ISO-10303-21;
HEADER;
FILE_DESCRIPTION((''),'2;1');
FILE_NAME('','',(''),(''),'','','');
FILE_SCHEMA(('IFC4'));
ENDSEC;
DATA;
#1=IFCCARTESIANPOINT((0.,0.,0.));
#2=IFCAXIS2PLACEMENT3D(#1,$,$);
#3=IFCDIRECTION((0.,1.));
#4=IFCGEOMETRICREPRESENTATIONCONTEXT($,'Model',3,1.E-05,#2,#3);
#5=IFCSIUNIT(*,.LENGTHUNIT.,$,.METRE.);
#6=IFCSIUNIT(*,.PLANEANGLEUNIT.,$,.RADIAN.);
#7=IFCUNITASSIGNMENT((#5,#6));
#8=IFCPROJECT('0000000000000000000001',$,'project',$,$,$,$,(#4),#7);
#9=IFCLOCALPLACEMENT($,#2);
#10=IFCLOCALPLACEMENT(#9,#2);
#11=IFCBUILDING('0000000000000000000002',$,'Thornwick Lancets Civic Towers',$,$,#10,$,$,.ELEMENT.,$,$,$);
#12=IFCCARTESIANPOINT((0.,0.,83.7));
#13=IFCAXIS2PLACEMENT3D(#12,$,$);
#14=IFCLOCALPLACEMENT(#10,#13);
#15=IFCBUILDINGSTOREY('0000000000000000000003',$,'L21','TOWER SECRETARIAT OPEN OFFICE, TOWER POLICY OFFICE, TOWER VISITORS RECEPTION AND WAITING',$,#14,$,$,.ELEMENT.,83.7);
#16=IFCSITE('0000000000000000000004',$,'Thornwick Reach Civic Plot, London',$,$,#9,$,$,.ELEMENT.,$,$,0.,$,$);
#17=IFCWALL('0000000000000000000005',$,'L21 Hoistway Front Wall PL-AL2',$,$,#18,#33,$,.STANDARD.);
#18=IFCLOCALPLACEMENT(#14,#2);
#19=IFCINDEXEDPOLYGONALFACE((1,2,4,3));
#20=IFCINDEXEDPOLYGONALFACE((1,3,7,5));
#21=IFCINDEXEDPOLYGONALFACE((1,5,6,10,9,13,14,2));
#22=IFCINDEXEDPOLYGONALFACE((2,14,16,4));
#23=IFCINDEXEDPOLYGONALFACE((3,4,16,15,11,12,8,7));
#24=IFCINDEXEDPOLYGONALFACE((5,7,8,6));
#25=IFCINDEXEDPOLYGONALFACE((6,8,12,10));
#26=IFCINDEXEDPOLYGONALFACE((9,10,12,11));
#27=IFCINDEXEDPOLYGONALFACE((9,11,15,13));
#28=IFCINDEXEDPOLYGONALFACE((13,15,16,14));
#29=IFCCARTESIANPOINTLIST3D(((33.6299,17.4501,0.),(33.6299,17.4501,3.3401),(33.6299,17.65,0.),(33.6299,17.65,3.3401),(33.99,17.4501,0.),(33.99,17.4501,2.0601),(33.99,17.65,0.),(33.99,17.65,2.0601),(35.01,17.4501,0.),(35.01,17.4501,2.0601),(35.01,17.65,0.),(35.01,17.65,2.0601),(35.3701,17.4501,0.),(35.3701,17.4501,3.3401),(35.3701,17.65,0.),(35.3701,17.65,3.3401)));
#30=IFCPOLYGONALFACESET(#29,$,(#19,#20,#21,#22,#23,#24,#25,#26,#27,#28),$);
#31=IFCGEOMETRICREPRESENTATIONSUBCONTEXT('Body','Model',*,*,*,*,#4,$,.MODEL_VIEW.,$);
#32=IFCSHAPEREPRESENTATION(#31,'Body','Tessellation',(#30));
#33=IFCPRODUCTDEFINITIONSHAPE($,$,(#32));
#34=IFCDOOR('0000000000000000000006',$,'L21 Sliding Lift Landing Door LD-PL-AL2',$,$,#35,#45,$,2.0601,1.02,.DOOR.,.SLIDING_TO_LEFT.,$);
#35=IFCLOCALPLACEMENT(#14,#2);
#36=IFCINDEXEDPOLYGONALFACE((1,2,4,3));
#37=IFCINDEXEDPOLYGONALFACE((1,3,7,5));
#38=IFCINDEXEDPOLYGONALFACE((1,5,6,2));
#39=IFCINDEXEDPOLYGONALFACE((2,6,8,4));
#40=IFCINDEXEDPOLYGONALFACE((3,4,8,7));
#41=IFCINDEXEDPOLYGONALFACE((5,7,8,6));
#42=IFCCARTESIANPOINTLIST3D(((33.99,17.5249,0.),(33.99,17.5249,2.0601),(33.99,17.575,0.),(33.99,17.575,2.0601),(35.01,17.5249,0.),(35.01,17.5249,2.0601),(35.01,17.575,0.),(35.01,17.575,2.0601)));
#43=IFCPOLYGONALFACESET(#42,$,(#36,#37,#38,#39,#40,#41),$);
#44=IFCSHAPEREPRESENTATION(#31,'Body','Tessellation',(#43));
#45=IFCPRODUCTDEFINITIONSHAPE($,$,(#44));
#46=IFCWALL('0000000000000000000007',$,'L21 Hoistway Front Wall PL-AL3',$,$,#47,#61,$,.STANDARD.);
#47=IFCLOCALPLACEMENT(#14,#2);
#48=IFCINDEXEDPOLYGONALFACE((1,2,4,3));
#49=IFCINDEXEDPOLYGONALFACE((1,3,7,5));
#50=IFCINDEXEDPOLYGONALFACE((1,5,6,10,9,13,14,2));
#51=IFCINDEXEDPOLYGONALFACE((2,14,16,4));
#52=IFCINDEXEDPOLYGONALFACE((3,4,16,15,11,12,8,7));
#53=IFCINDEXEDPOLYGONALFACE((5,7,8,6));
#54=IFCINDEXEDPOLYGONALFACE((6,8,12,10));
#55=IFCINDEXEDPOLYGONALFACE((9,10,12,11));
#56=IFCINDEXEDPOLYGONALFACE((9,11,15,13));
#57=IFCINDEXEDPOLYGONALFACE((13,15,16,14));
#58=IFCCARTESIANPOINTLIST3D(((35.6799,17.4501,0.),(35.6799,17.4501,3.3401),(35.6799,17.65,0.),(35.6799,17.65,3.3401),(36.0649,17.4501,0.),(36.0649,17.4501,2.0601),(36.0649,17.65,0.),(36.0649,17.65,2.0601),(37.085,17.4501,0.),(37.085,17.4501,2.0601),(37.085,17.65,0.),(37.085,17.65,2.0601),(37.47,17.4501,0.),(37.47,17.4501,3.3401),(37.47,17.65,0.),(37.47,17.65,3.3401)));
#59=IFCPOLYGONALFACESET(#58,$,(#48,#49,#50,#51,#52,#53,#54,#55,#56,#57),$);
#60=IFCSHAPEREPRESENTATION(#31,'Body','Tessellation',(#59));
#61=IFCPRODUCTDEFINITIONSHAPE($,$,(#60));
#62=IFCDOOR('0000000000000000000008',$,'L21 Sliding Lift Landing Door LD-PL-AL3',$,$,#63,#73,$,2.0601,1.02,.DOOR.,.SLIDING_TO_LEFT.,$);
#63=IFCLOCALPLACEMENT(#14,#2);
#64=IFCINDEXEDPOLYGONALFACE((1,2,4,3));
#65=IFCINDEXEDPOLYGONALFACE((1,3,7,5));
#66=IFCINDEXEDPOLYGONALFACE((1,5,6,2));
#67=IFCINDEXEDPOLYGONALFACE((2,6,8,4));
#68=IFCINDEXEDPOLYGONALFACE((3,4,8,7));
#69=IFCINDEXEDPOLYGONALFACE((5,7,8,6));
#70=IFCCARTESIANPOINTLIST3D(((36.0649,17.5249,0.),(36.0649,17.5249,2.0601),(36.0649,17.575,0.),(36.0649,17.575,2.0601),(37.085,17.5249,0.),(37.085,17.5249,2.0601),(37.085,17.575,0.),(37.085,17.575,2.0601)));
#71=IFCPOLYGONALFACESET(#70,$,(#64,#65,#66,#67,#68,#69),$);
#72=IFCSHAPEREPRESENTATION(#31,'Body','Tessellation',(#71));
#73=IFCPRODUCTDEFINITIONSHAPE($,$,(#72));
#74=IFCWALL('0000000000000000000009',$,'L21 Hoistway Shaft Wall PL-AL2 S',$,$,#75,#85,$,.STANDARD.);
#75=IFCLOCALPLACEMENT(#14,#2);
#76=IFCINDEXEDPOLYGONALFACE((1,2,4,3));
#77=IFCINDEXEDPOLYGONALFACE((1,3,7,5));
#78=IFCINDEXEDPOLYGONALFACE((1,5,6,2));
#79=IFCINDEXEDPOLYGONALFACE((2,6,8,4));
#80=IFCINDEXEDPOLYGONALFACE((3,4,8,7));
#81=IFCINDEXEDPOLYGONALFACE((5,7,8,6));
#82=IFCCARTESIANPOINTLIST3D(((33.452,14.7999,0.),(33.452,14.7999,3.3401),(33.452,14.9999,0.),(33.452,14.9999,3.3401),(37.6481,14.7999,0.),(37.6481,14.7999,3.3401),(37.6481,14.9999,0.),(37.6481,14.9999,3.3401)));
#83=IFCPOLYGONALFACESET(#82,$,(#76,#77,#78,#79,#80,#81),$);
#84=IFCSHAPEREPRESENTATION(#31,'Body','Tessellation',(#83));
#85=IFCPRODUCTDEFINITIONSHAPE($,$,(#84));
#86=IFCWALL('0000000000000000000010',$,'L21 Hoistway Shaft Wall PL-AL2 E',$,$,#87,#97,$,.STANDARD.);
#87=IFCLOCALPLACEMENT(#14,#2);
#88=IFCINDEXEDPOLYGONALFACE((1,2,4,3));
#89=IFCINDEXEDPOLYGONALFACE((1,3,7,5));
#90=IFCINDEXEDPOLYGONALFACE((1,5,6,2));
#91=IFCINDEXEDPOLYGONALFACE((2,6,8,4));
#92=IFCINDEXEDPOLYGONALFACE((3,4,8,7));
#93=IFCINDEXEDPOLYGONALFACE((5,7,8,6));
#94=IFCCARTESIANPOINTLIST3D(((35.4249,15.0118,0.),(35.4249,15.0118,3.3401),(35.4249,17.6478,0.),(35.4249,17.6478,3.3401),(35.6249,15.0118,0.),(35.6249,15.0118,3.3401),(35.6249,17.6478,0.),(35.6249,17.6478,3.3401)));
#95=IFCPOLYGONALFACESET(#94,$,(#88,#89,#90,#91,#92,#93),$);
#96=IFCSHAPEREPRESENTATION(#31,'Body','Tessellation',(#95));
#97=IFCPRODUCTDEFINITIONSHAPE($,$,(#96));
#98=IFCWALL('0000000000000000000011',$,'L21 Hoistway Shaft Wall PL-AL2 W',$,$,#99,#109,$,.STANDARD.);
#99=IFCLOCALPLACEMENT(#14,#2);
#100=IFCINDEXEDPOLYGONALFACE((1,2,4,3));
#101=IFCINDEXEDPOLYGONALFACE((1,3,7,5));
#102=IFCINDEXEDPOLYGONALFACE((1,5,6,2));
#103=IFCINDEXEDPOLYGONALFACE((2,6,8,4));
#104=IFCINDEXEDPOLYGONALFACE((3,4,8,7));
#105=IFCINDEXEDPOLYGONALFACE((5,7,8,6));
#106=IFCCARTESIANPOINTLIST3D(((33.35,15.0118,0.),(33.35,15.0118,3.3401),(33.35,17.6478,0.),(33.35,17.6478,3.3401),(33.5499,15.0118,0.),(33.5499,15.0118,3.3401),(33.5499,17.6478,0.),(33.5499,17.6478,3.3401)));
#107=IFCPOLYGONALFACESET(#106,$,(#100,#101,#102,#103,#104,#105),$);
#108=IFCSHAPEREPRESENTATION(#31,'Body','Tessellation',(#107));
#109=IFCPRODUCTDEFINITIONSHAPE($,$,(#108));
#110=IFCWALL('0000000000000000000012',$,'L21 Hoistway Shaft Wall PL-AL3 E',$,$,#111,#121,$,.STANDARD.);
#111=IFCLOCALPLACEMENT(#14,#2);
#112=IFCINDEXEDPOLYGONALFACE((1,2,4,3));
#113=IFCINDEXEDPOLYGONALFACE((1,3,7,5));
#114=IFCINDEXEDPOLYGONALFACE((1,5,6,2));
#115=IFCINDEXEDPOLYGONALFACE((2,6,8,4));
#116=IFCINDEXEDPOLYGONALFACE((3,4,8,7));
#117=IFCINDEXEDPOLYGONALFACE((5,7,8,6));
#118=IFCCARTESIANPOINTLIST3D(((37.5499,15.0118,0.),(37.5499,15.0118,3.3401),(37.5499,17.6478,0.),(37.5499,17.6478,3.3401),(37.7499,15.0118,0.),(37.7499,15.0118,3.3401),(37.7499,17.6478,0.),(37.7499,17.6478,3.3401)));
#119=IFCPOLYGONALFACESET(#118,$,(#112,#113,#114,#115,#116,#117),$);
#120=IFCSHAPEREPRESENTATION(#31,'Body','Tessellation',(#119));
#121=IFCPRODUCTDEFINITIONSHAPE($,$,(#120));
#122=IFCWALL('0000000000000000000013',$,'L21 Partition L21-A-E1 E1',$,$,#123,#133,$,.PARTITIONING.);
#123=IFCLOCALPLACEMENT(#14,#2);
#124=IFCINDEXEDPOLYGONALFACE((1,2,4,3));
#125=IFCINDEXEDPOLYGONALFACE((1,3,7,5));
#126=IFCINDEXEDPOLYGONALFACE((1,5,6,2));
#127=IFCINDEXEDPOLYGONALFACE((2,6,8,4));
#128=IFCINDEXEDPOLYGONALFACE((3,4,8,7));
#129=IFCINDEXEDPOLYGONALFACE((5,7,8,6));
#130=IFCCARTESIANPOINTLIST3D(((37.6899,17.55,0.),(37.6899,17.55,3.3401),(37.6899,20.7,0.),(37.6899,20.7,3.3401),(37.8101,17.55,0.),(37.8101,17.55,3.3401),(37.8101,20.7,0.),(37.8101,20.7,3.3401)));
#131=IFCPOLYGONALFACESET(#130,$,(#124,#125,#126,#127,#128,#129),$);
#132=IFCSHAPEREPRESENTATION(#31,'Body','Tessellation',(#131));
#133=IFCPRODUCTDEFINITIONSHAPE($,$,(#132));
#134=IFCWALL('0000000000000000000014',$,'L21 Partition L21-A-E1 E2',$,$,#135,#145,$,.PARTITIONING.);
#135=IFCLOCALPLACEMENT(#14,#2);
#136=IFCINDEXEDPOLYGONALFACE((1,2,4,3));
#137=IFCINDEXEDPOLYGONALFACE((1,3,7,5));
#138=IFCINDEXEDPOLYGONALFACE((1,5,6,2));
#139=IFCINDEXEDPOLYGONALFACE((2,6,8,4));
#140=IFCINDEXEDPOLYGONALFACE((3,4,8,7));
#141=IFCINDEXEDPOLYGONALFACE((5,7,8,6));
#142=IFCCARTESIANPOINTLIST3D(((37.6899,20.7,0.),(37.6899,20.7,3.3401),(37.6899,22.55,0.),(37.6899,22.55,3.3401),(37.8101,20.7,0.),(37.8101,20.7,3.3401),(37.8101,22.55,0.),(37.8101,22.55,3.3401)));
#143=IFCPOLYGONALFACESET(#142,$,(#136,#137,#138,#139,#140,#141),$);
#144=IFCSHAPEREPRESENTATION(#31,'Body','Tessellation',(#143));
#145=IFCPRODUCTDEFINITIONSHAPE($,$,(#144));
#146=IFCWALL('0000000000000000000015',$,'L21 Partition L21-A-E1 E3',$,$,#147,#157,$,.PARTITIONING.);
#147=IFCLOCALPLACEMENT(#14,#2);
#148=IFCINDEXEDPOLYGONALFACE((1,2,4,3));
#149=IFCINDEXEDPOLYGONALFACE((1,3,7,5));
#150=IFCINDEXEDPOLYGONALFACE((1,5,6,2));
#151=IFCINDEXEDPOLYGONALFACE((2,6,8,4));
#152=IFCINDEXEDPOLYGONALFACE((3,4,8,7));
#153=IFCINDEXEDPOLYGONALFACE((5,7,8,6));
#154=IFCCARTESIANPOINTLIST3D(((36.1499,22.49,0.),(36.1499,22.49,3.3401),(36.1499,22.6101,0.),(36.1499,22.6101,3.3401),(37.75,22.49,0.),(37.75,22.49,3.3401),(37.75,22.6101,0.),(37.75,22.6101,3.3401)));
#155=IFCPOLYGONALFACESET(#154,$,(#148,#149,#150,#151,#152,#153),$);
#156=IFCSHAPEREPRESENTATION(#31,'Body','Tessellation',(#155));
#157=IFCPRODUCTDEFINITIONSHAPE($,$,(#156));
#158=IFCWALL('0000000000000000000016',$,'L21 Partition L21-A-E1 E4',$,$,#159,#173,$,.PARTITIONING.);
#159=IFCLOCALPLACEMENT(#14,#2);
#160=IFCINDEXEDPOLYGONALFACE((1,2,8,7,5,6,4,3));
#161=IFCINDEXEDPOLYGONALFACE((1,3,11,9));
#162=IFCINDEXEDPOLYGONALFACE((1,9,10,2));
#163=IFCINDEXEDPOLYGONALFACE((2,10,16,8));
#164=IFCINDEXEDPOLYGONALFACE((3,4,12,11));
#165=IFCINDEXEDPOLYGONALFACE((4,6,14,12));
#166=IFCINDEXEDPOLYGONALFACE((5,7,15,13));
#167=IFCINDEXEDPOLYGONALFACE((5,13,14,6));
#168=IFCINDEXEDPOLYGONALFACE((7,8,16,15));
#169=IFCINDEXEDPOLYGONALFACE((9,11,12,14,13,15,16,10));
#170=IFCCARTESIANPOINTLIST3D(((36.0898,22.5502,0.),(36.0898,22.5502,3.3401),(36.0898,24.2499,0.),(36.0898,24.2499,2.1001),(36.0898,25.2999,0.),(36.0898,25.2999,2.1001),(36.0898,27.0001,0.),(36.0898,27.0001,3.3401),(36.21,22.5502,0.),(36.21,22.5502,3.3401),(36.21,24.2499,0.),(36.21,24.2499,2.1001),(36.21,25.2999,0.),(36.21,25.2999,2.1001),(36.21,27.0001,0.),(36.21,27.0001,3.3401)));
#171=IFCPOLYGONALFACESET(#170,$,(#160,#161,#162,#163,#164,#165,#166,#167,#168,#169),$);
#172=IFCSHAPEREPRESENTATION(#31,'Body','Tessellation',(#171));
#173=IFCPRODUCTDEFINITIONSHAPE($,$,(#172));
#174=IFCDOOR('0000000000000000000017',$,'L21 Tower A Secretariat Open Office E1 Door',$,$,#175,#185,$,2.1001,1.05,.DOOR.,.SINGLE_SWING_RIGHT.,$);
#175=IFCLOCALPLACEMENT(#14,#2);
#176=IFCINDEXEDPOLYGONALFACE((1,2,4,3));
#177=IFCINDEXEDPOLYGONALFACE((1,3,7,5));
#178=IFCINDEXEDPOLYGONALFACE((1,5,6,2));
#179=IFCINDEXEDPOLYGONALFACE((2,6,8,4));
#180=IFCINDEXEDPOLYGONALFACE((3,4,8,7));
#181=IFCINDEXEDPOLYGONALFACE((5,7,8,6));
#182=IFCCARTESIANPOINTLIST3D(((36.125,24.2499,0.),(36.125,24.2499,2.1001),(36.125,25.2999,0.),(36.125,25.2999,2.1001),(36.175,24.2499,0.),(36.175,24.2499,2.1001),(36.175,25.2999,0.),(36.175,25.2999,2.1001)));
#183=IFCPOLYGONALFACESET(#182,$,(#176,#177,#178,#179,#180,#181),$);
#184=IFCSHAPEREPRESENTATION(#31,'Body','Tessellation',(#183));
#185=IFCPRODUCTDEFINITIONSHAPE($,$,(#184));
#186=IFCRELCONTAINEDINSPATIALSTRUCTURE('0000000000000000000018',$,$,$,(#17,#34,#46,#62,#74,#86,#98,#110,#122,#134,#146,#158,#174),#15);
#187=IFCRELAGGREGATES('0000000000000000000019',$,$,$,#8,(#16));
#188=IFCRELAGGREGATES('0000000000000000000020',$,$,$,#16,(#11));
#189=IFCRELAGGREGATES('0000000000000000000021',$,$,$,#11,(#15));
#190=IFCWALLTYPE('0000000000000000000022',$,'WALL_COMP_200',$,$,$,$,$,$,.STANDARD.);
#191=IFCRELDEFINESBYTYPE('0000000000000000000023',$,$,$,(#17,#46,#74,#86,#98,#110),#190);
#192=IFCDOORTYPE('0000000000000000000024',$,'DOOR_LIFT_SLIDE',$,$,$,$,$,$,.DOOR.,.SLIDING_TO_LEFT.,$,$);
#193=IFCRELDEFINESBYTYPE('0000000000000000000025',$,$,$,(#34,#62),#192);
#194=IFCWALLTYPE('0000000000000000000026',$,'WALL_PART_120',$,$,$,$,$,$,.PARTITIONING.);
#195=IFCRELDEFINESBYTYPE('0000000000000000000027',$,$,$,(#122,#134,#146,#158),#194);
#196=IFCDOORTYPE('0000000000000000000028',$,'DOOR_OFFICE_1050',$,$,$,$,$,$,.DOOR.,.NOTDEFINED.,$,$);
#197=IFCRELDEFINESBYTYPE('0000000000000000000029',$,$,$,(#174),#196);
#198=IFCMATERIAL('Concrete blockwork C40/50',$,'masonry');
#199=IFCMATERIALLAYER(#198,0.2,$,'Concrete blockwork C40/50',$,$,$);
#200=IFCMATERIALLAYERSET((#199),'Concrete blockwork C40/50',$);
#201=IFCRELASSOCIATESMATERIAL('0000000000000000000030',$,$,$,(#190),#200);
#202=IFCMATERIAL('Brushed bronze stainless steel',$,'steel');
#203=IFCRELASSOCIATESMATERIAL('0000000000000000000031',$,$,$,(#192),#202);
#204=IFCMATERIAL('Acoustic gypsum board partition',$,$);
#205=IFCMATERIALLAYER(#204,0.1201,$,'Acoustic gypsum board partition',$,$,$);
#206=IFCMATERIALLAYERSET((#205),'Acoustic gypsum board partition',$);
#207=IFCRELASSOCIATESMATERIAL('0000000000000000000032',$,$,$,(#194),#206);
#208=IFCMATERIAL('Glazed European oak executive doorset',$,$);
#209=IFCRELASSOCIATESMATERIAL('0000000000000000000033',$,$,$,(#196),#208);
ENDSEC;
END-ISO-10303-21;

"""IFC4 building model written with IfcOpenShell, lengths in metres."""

from ifc_helpers import new_model, si_unit, direction, frame, frame_2d, origin, place, context, subcontext, project, spatial, rectangle, extrude, material, layer, layer_set, type_object, element, fill, save


model = new_model("IFC4")

# Units and contexts
model_context = context("Model", 3, precision=1e-05, world=origin(), true_north=direction((0.0, 1.0)))
body_context = subcontext(model_context, "Body", "Model", "MODEL_VIEW")
ifc_project = project(units=[si_unit("LENGTHUNIT", "METRE"), si_unit("PLANEANGLEUNIT", "RADIAN")], contexts=[model_context])

# Site, building, storey
site_placement = place(None, origin())
site = spatial("IfcSite", under=ifc_project, at=site_placement, Name="Thornwick Reach Civic Plot, London", CompositionType="ELEMENT", RefElevation=0.0)
building_placement = place(site_placement, origin())
building = spatial("IfcBuilding", under=site, at=building_placement, Name="Thornwick Lancets Civic Towers", CompositionType="ELEMENT")
storey_placement = place(building_placement, frame((0.0, 0.0, 83.7)))
storey = spatial("IfcBuildingStorey", under=building, at=storey_placement, Name="L21", Description="TOWER SECRETARIAT OPEN OFFICE, TOWER POLICY OFFICE, TOWER VISITORS RECEPTION AND WAITING", CompositionType="ELEMENT", Elevation=83.7)

# Walls, openings, doors
ifc_material_1 = material(Name="Concrete blockwork C40/50", Category="masonry")
ifc_layer_1 = layer(ifc_material_1, 0.2, Name="Concrete blockwork C40/50")
ifc_layer_set_1 = layer_set([ifc_layer_1], Name="Concrete blockwork C40/50")
wall_type_1 = type_object("IfcWallType", Name="WALL_COMP_200", PredefinedType="STANDARD", material=ifc_layer_set_1)
wall_1_placement = place(storey_placement, frame((33.6299, 17.55, 0.0), z_axis=(0.0, 0.0, 1.0), x_axis=(1.0, 0.0, 0.0)))
wall_1 = element("IfcWall", 1, at=wall_1_placement, inside=storey, type_object=wall_type_1, Name="L21 Hoistway Front Wall PL-AL2", PredefinedType="STANDARD", context=body_context, shape_type="SweptSolid", body=[
    extrude(rectangle(XDim=1.7402, YDim=0.2, at=frame_2d((0.8701, 0.0))), origin(), (0.0, 0.0, 1.0), 3.3401),
])
opening_1_placement = place(wall_1_placement, frame((0.3601, 0.0, 0.0)))
opening_1 = element("IfcOpeningElement", 2, at=opening_1_placement, cuts=wall_1, PredefinedType="OPENING", context=body_context, shape_type="SweptSolid", body=[
    extrude(rectangle(XDim=1.02, YDim=2.0601, at=frame_2d((0.51, 1.03))), frame((0.0, 0.1099, 0.0), z_axis=(0.0, -1.0, 0.0), x_axis=(1.0, 0.0, 0.0)), (0.0, 0.0, 1.0), 0.22),
])
ifc_material_2 = material(Name="Brushed bronze stainless steel", Category="steel")
door_type_1 = type_object("IfcDoorType", Name="DOOR_LIFT_SLIDE", OperationType="SLIDING_TO_LEFT", PredefinedType="DOOR", material=ifc_material_2)
door_1_placement = place(opening_1_placement, origin())
door_1 = element("IfcDoor", 3, at=door_1_placement, inside=storey, type_object=door_type_1, Name="L21 Sliding Lift Landing Door LD-PL-AL2", OperationType="SLIDING_TO_LEFT", OverallHeight=2.0601, OverallWidth=1.02, PredefinedType="DOOR", context=body_context, shape_type="SweptSolid", body=[
    extrude(rectangle(XDim=1.02, YDim=2.0601, at=frame_2d((0.51, 1.03))), frame((0.0, 0.0249, 0.0), z_axis=(0.0, -1.0, 0.0), x_axis=(1.0, 0.0, 0.0)), (0.0, 0.0, 1.0), 0.05),
])
fill(opening_1, door_1)
wall_2_placement = place(storey_placement, frame((35.6799, 17.55, 0.0), z_axis=(0.0, 0.0, 1.0), x_axis=(1.0, 0.0, 0.0)))
wall_2 = element("IfcWall", 4, at=wall_2_placement, inside=storey, type_object=wall_type_1, Name="L21 Hoistway Front Wall PL-AL3", PredefinedType="STANDARD", context=body_context, shape_type="SweptSolid", body=[
    extrude(rectangle(XDim=1.79, YDim=0.2, at=frame_2d((0.895, 0.0))), origin(), (0.0, 0.0, 1.0), 3.3401),
])
opening_2_placement = place(wall_2_placement, frame((0.385, 0.0, 0.0)))
opening_2 = element("IfcOpeningElement", 5, at=opening_2_placement, cuts=wall_2, PredefinedType="OPENING", context=body_context, shape_type="SweptSolid", body=[
    extrude(rectangle(XDim=1.02, YDim=2.0601, at=frame_2d((0.51, 1.03))), frame((0.0, 0.1099, 0.0), z_axis=(0.0, -1.0, 0.0), x_axis=(1.0, 0.0, 0.0)), (0.0, 0.0, 1.0), 0.22),
])
door_2_placement = place(opening_2_placement, origin())
door_2 = element("IfcDoor", 6, at=door_2_placement, inside=storey, type_object=door_type_1, Name="L21 Sliding Lift Landing Door LD-PL-AL3", OperationType="SLIDING_TO_LEFT", OverallHeight=2.0601, OverallWidth=1.02, PredefinedType="DOOR", context=body_context, shape_type="SweptSolid", body=[
    extrude(rectangle(XDim=1.02, YDim=2.0601, at=frame_2d((0.51, 1.03))), frame((0.0, 0.0249, 0.0), z_axis=(0.0, -1.0, 0.0), x_axis=(1.0, 0.0, 0.0)), (0.0, 0.0, 1.0), 0.05),
])
fill(opening_2, door_2)

# Walls
wall_3_placement = place(storey_placement, frame((33.4519, 14.8999, 0.0), z_axis=(0.0, 0.0, 1.0), x_axis=(1.0, 0.0, 0.0)))
element("IfcWall", 7, at=wall_3_placement, inside=storey, type_object=wall_type_1, Name="L21 Hoistway Shaft Wall PL-AL2 S", PredefinedType="STANDARD", context=body_context, shape_type="SweptSolid", body=[
    extrude(rectangle(XDim=4.196, YDim=0.2, at=frame_2d((2.0981, 0.0))), origin(), (0.0, 0.0, 1.0), 3.3401),
])
for number, where, z_axis, x_axis, name in (
    (8, (35.5249, 15.012, 0.0), (0.0, 0.0, 1.0), (0.0, 1.0, 0.0), "L21 Hoistway Shaft Wall PL-AL2 E"),
    (9, (33.45, 15.012, 0.0), (0.0, 0.0, 1.0), (0.0, 1.0, 0.0), "L21 Hoistway Shaft Wall PL-AL2 W"),
    (10, (37.6499, 15.012, 0.0), (0.0, 0.0, 1.0), (0.0, 1.0, 0.0), "L21 Hoistway Shaft Wall PL-AL3 E"),
):
    element("IfcWall", number, at=place(storey_placement, frame(where, z_axis=z_axis, x_axis=x_axis)), inside=storey, type_object=wall_type_1, Name=name, PredefinedType="STANDARD", context=body_context, shape_type="SweptSolid", body=[
        extrude(rectangle(XDim=2.636, YDim=0.2, at=frame_2d((1.3179, 0.0))), origin(), (0.0, 0.0, 1.0), 3.3401),
    ])
ifc_material_3 = material(Name="Acoustic gypsum board partition")
ifc_layer_2 = layer(ifc_material_3, 0.1201, Name="Acoustic gypsum board partition")
ifc_layer_set_2 = layer_set([ifc_layer_2], Name="Acoustic gypsum board partition")
wall_type_2 = type_object("IfcWallType", Name="WALL_PART_120", PredefinedType="PARTITIONING", material=ifc_layer_set_2)
wall_4_placement = place(storey_placement, frame((37.75, 17.55, 0.0), z_axis=(0.0, 0.0, 1.0), x_axis=(0.0, 1.0, 0.0)))
element("IfcWall", 11, at=wall_4_placement, inside=storey, type_object=wall_type_2, Name="L21 Partition L21-A-E1 E1", PredefinedType="PARTITIONING", context=body_context, shape_type="SweptSolid", body=[
    extrude(rectangle(XDim=3.1499, YDim=0.1201, at=frame_2d((1.575, 0.0))), origin(), (0.0, 0.0, 1.0), 3.3401),
])
wall_5_placement = place(storey_placement, frame((37.75, 20.7, 0.0), z_axis=(0.0, 0.0, 1.0), x_axis=(0.0, 1.0, 0.0)))
element("IfcWall", 12, at=wall_5_placement, inside=storey, type_object=wall_type_2, Name="L21 Partition L21-A-E1 E2", PredefinedType="PARTITIONING", context=body_context, shape_type="SweptSolid", body=[
    extrude(rectangle(XDim=1.8501, YDim=0.1201, at=frame_2d((0.925, 0.0))), origin(), (0.0, 0.0, 1.0), 3.3401),
])
wall_6_placement = place(storey_placement, frame((37.75, 22.55, 0.0), z_axis=(0.0, 0.0, 1.0), x_axis=(-1.0, 0.0, 0.0)))
element("IfcWall", 13, at=wall_6_placement, inside=storey, type_object=wall_type_2, Name="L21 Partition L21-A-E1 E3", PredefinedType="PARTITIONING", context=body_context, shape_type="SweptSolid", body=[
    extrude(rectangle(XDim=1.6001, YDim=0.1201, at=frame_2d((0.8, 0.0))), origin(), (0.0, 0.0, 1.0), 3.3401),
])

# Wall, opening, door
wall_7_placement = place(storey_placement, frame((36.1499, 22.55, 0.0), z_axis=(0.0, 0.0, 1.0), x_axis=(0.0, 1.0, 0.0)))
wall_7 = element("IfcWall", 14, at=wall_7_placement, inside=storey, type_object=wall_type_2, Name="L21 Partition L21-A-E1 E4", PredefinedType="PARTITIONING", context=body_context, shape_type="SweptSolid", body=[
    extrude(rectangle(XDim=4.45, YDim=0.1201, at=frame_2d((2.2251, 0.0))), origin(), (0.0, 0.0, 1.0), 3.3401),
])
opening_3_placement = place(wall_7_placement, frame((1.7, 0.0, 0.0)))
opening_3 = element("IfcOpeningElement", 15, at=opening_3_placement, cuts=wall_7, PredefinedType="OPENING", context=body_context, shape_type="SweptSolid", body=[
    extrude(rectangle(XDim=1.05, YDim=2.1001, at=frame_2d((0.5249, 1.05))), frame((0.0, 0.0701, 0.0), z_axis=(0.0, -1.0, 0.0), x_axis=(1.0, 0.0, 0.0)), (0.0, 0.0, 1.0), 0.1401),
])
ifc_material_4 = material(Name="Glazed European oak executive doorset")
door_type_2 = type_object("IfcDoorType", Name="DOOR_OFFICE_1050", OperationType="NOTDEFINED", PredefinedType="DOOR", material=ifc_material_4)
door_3_placement = place(opening_3_placement, origin())
door_3 = element("IfcDoor", 16, at=door_3_placement, inside=storey, type_object=door_type_2, Name="L21 Tower A Secretariat Open Office E1 Door", OperationType="SINGLE_SWING_RIGHT", OverallHeight=2.1001, OverallWidth=1.05, PredefinedType="DOOR", context=body_context, shape_type="SweptSolid", body=[
    extrude(rectangle(XDim=1.05, YDim=2.1001, at=frame_2d((0.5249, 1.05))), frame((0.0, 0.0249, 0.0), z_axis=(0.0, -1.0, 0.0), x_axis=(1.0, 0.0, 0.0)), (0.0, 0.0, 1.0), 0.05),
])
fill(opening_3, door_3)

save(model, "model.ifc")
